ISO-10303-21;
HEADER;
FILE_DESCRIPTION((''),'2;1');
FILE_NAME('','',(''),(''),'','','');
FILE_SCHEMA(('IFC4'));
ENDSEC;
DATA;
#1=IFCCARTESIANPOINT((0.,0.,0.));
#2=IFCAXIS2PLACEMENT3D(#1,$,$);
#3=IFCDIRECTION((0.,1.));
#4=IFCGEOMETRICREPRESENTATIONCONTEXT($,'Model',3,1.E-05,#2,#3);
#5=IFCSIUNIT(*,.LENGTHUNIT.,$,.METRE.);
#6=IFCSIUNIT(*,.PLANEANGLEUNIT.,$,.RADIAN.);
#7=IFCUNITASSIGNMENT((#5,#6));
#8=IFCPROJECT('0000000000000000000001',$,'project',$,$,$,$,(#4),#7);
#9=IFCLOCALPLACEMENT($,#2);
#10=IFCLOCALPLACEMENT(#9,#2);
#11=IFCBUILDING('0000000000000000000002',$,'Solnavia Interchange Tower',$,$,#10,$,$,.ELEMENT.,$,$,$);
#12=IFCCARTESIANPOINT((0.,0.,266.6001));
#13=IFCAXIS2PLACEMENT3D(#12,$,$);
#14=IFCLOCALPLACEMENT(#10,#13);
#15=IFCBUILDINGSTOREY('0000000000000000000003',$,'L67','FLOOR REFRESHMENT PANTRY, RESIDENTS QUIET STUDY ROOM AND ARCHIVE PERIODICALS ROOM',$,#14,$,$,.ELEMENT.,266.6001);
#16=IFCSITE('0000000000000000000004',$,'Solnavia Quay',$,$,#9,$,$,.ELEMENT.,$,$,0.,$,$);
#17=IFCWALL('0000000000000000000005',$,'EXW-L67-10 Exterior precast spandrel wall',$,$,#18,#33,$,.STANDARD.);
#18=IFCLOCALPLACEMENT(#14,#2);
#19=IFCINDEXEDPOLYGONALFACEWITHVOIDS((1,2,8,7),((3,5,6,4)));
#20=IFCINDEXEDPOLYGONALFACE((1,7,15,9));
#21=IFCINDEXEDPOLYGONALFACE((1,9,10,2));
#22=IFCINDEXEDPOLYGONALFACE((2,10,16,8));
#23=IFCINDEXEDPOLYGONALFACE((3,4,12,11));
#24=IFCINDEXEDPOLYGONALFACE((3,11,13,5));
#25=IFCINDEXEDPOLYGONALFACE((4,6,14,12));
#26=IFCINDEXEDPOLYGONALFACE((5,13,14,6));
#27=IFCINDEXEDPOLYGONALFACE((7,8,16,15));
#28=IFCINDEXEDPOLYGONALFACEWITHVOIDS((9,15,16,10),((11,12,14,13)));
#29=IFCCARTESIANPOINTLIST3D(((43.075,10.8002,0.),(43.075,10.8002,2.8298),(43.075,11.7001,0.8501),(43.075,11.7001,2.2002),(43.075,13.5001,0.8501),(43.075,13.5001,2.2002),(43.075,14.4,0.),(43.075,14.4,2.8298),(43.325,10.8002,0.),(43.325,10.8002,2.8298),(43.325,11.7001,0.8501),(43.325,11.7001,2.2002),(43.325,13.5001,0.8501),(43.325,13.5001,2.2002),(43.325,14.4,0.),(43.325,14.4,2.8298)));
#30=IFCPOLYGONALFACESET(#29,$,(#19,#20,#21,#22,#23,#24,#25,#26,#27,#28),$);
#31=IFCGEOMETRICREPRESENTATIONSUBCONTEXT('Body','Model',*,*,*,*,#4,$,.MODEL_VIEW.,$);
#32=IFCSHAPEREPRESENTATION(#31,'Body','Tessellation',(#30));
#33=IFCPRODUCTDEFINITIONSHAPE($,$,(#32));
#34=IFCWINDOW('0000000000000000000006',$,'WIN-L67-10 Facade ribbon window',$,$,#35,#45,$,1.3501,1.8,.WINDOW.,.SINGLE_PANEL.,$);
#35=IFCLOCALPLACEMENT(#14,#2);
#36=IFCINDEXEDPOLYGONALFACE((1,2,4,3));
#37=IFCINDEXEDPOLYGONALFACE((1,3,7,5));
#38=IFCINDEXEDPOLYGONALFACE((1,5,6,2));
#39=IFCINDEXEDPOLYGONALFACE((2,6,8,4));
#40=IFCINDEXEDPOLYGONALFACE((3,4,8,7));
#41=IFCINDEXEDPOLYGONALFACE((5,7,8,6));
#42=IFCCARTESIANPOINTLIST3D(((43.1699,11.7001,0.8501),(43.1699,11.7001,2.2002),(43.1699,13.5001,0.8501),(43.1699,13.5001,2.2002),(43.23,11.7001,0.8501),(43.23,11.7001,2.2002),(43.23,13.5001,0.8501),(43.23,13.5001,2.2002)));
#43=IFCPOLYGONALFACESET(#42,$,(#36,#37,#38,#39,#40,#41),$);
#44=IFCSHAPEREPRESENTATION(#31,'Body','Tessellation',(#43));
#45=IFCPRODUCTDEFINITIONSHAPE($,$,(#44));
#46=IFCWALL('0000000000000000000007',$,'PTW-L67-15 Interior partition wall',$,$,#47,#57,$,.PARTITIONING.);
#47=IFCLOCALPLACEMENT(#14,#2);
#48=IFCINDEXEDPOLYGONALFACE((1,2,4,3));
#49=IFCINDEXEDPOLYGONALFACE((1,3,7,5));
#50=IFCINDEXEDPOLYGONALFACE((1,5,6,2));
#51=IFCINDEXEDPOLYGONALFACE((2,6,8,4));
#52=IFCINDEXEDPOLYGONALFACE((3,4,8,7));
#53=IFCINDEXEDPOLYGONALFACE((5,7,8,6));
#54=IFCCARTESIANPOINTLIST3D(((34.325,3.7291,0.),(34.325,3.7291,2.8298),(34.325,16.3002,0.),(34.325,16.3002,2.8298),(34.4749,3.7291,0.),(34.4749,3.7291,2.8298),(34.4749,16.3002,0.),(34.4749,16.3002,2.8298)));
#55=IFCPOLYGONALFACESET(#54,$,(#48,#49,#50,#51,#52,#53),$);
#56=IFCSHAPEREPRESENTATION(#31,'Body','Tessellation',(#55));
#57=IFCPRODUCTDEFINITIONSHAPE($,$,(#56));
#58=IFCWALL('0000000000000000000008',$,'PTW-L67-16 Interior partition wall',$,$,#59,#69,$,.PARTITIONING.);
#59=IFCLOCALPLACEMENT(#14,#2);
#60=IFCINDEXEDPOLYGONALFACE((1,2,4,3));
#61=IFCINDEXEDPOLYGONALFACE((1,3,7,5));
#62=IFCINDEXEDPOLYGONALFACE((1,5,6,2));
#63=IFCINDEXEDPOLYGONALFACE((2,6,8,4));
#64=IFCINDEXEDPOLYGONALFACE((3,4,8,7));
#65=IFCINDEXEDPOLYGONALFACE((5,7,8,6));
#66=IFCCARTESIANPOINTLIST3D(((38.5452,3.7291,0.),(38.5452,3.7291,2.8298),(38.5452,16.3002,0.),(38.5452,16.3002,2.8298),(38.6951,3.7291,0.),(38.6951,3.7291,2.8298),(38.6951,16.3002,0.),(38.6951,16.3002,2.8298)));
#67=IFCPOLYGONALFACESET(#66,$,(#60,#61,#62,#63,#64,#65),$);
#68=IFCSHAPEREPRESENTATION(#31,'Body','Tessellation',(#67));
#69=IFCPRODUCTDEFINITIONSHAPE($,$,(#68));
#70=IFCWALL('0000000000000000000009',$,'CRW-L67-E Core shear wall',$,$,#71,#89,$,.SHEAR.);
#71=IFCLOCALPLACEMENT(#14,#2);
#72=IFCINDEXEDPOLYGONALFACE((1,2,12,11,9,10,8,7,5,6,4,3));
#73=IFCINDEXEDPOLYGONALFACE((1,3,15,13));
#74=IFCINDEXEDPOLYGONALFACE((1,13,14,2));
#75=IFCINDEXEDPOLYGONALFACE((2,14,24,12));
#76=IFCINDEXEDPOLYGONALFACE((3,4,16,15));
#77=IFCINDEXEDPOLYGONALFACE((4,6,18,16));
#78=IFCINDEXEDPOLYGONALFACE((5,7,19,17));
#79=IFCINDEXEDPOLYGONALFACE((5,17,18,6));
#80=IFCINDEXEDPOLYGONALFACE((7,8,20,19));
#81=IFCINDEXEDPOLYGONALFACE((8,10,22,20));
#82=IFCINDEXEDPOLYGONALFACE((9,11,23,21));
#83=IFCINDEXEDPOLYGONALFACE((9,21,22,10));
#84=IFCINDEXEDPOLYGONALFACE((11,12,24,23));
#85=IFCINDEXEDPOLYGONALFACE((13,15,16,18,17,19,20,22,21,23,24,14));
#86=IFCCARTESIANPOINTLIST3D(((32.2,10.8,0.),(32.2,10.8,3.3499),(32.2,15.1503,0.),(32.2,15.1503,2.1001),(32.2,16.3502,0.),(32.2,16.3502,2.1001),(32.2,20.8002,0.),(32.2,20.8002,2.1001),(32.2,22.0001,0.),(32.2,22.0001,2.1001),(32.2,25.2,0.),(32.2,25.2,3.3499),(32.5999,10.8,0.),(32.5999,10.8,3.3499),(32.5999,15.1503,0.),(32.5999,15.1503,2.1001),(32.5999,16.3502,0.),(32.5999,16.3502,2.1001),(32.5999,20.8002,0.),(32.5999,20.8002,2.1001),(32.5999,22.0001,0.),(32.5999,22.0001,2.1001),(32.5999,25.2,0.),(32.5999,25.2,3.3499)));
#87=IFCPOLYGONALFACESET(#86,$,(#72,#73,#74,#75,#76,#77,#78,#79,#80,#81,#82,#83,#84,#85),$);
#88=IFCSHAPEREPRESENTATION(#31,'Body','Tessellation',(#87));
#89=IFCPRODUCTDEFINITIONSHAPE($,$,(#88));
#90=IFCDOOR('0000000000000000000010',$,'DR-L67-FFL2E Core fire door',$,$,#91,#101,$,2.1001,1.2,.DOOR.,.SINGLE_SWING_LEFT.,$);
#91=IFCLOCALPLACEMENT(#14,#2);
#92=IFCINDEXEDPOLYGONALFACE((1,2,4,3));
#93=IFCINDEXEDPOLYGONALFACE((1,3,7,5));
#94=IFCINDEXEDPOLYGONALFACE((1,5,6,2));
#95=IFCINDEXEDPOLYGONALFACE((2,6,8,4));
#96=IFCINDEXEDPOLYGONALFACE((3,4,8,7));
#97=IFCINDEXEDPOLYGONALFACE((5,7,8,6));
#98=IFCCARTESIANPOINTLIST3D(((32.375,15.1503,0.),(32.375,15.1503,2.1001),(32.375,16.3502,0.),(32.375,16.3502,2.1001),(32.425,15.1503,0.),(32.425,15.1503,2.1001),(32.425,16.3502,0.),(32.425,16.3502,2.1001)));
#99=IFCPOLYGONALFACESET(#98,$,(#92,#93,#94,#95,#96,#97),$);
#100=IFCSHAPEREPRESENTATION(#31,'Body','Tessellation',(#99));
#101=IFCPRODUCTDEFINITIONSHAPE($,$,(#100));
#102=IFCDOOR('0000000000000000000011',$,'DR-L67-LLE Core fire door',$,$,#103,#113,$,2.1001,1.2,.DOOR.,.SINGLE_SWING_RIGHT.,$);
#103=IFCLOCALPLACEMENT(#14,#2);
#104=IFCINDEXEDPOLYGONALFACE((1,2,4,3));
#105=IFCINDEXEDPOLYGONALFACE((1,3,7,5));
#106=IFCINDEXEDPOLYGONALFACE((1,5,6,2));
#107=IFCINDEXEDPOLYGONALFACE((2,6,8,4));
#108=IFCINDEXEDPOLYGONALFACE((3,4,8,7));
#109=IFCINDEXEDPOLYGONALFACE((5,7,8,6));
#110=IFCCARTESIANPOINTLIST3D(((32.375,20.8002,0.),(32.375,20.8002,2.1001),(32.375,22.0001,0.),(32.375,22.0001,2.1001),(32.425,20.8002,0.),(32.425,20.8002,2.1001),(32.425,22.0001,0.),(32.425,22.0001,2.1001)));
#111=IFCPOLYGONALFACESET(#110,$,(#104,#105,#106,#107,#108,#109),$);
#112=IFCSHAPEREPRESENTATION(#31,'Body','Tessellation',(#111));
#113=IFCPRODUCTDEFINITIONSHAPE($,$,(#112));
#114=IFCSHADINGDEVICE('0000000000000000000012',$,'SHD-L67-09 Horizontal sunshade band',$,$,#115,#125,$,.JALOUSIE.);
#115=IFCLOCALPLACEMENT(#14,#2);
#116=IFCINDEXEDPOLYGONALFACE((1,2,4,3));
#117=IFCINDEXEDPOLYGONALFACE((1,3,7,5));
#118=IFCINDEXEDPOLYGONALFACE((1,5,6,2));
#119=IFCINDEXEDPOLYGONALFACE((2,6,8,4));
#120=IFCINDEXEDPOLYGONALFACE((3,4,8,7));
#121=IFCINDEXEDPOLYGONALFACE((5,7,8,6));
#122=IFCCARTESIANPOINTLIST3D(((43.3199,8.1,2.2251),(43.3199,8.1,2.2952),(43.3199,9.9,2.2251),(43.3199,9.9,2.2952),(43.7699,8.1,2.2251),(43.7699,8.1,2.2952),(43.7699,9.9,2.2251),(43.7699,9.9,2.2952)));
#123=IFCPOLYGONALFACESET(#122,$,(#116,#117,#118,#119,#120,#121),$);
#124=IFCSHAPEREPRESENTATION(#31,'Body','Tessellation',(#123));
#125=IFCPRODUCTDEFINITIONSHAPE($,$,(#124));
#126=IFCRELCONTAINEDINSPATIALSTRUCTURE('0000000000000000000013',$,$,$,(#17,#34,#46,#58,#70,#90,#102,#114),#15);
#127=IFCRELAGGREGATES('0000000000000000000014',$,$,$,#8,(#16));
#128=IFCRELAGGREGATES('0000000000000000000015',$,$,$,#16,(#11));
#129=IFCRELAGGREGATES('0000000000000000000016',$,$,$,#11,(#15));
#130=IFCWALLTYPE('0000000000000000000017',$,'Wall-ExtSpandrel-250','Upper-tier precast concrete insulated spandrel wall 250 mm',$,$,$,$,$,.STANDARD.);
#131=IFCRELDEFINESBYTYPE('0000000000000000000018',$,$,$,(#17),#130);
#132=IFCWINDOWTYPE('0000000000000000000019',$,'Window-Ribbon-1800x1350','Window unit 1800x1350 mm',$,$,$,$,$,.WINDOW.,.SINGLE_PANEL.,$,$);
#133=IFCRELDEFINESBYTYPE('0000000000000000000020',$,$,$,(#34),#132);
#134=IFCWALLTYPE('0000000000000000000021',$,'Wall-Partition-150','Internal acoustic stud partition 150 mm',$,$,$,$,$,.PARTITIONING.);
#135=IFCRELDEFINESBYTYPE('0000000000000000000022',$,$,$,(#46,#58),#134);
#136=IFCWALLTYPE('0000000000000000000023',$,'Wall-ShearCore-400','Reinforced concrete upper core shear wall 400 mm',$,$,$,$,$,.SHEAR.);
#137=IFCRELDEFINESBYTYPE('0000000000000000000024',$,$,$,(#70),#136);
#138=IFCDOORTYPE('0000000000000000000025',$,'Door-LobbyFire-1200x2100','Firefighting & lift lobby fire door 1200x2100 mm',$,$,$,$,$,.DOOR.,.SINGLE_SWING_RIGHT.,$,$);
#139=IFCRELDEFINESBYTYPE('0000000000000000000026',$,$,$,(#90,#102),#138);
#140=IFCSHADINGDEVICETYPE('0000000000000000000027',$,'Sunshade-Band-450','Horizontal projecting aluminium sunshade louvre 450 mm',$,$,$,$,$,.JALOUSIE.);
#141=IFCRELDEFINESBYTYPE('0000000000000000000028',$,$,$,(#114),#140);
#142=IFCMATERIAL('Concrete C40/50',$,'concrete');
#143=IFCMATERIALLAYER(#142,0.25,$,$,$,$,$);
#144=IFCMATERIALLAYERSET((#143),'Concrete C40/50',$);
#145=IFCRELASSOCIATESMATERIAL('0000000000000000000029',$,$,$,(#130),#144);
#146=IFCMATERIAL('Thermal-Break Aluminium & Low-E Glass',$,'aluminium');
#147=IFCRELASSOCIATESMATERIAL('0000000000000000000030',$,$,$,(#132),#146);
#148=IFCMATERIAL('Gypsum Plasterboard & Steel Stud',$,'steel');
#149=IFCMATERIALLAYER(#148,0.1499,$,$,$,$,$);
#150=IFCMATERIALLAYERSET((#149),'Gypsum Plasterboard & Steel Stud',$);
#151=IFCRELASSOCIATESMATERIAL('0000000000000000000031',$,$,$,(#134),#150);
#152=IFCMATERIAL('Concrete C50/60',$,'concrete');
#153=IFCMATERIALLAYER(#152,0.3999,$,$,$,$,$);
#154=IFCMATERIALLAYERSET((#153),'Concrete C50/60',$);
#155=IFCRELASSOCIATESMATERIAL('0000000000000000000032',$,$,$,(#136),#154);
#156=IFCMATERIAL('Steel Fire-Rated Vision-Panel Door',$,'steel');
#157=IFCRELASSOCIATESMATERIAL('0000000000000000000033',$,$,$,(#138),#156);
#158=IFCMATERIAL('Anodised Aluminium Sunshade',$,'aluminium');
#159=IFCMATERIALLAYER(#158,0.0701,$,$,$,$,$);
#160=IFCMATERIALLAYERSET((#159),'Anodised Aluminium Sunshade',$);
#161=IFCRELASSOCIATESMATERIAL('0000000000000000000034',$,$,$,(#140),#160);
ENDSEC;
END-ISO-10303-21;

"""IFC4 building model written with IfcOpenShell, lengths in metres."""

from ifc_helpers import new_model, si_unit, direction, frame, frame_2d, origin, origin_2d, place, context, subcontext, project, spatial, rectangle, extrude, material, layer, layer_set, type_object, element, fill, save


model = new_model("IFC4")

# Units and contexts
model_context = context("Model", 3, precision=1e-05, world=origin(), true_north=direction((0.0, 1.0)))
body_context = subcontext(model_context, "Body", "Model", "MODEL_VIEW")
ifc_project = project(units=[si_unit("LENGTHUNIT", "METRE"), si_unit("PLANEANGLEUNIT", "RADIAN")], contexts=[model_context])

# Site, building, storey
site_placement = place(None, origin())
site = spatial("IfcSite", under=ifc_project, at=site_placement, Name="Solnavia Quay", CompositionType="ELEMENT", RefElevation=0.0)
building_placement = place(site_placement, origin())
building = spatial("IfcBuilding", under=site, at=building_placement, Name="Solnavia Interchange Tower", CompositionType="ELEMENT")
storey_placement = place(building_placement, frame((0.0, 0.0, 266.6001)))
storey = spatial("IfcBuildingStorey", under=building, at=storey_placement, Name="L67", Description="FLOOR REFRESHMENT PANTRY, RESIDENTS QUIET STUDY ROOM AND ARCHIVE PERIODICALS ROOM", CompositionType="ELEMENT", Elevation=266.6001)

# Shared definitions
ifc_material_1 = material(Name="Concrete C50/60", Category="concrete")

# Shared definitions
ifc_material_2 = material(Name="Concrete C40/50", Category="concrete")
ifc_layer_1 = layer(ifc_material_2, 0.25)
ifc_layer_set_1 = layer_set([ifc_layer_1], Name="Concrete C40/50")
wall_type_1 = type_object("IfcWallType", Name="Wall-ExtSpandrel-250", Description="Upper-tier precast concrete insulated spandrel wall 250 mm", PredefinedType="STANDARD", material=ifc_layer_set_1)

# Wall, opening, window
ifc_material_3 = material(Name="Thermal-Break Aluminium & Low-E Glass", Category="aluminium")
window_type = type_object("IfcWindowType", Name="Window-Ribbon-1800x1350", Description="Window unit 1800x1350 mm", PartitioningType="SINGLE_PANEL", PredefinedType="WINDOW", material=ifc_material_3)
wall_1_placement = place(storey_placement, frame((43.2, 14.3999, 0.0), z_axis=(0.0, 0.0, 1.0), x_axis=(0.0, -1.0, 0.0)))
wall_1 = element("IfcWall", 1, at=wall_1_placement, inside=storey, type_object=wall_type_1, Name="EXW-L67-10 Exterior precast spandrel wall", PredefinedType="STANDARD", context=body_context, shape_type="SweptSolid", body=[
    extrude(rectangle(XDim=3.5999, YDim=0.25, at=frame_2d((1.7998, 0.0))), origin(), (0.0, 0.0, 1.0), 2.8298),
])
opening_1_placement = place(wall_1_placement, frame((0.8999, 0.0, 0.8501)))
opening_1 = element("IfcOpeningElement", 2, at=opening_1_placement, cuts=wall_1, PredefinedType="OPENING", context=body_context, shape_type="SweptSolid", body=[
    extrude(rectangle(XDim=1.8, YDim=1.3501, at=frame_2d((0.8999, 0.675))), frame((0.0, 0.135, 0.0), z_axis=(0.0, -1.0, 0.0), x_axis=(1.0, 0.0, 0.0)), (0.0, 0.0, 1.0), 0.27),
])
window_1_placement = place(opening_1_placement, origin())
window_1 = element("IfcWindow", 3, at=window_1_placement, inside=storey, type_object=window_type, Name="WIN-L67-10 Facade ribbon window", OverallHeight=1.3501, OverallWidth=1.8, PartitioningType="SINGLE_PANEL", PredefinedType="WINDOW", context=body_context, shape_type="SweptSolid", body=[
    extrude(rectangle(XDim=1.8, YDim=1.3501, at=frame_2d((0.8999, 0.675))), frame((0.0, 0.03, 0.0), z_axis=(0.0, -1.0, 0.0), x_axis=(1.0, 0.0, 0.0)), (0.0, 0.0, 1.0), 0.0601),
])
fill(opening_1, window_1)

# Walls
ifc_material_4 = material(Name="Gypsum Plasterboard & Steel Stud", Category="steel")
ifc_layer_2 = layer(ifc_material_4, 0.1499)
ifc_layer_set_2 = layer_set([ifc_layer_2], Name="Gypsum Plasterboard & Steel Stud")
wall_type_2 = type_object("IfcWallType", Name="Wall-Partition-150", Description="Internal acoustic stud partition 150 mm", PredefinedType="PARTITIONING", material=ifc_layer_set_2)
for number, where, z_axis, x_axis, name in (
    (4, (34.3999, 3.729, 0.0), (0.0, 0.0, 1.0), (0.0, 1.0, 0.0), "PTW-L67-15 Interior partition wall"),
    (5, (38.6201, 3.729, 0.0), (0.0, 0.0, 1.0), (0.0, 1.0, 0.0), "PTW-L67-16 Interior partition wall"),
):
    element("IfcWall", number, at=place(storey_placement, frame(where, z_axis=z_axis, x_axis=x_axis)), inside=storey, type_object=wall_type_2, Name=name, PredefinedType="PARTITIONING", context=body_context, shape_type="SweptSolid", body=[
        extrude(rectangle(XDim=12.571, YDim=0.1499, at=frame_2d((6.2856, 0.0))), origin(), (0.0, 0.0, 1.0), 2.8298),
    ])

# Wall, openings, doors
ifc_layer_3 = layer(ifc_material_1, 0.3999)
ifc_layer_set_3 = layer_set([ifc_layer_3], Name="Concrete C50/60")
wall_type_3 = type_object("IfcWallType", Name="Wall-ShearCore-400", Description="Reinforced concrete upper core shear wall 400 mm", PredefinedType="SHEAR", material=ifc_layer_set_3)
wall_2_placement = place(storey_placement, frame((32.3999, 10.8, 0.0), z_axis=(0.0, 0.0, 1.0), x_axis=(0.0, 1.0, 0.0)))
wall_2 = element("IfcWall", 6, at=wall_2_placement, inside=storey, type_object=wall_type_3, Name="CRW-L67-E Core shear wall", PredefinedType="SHEAR", context=body_context, shape_type="SweptSolid", body=[
    extrude(rectangle(XDim=14.3999, YDim=0.3999, at=frame_2d((7.2, 0.0))), origin(), (0.0, 0.0, 1.0), 3.3499),
])
opening_2_placement = place(wall_2_placement, frame((4.3501, 0.0, 0.0)))
opening_2 = element("IfcOpeningElement", 7, at=opening_2_placement, cuts=wall_2, PredefinedType="OPENING", context=body_context, shape_type="SweptSolid", body=[
    extrude(rectangle(XDim=1.2, YDim=2.1001, at=frame_2d((0.6001, 1.05))), frame((0.0, 0.21, 0.0), z_axis=(0.0, -1.0, 0.0), x_axis=(1.0, 0.0, 0.0)), (0.0, 0.0, 1.0), 0.4199),
])
opening_3_placement = place(wall_2_placement, frame((10.0, 0.0, 0.0)))
opening_3 = element("IfcOpeningElement", 8, at=opening_3_placement, cuts=wall_2, PredefinedType="OPENING", context=body_context, shape_type="SweptSolid", body=[
    extrude(rectangle(XDim=1.2, YDim=2.1001, at=frame_2d((0.6001, 1.05))), frame((0.0, 0.21, 0.0), z_axis=(0.0, -1.0, 0.0), x_axis=(1.0, 0.0, 0.0)), (0.0, 0.0, 1.0), 0.4199),
])
ifc_material_5 = material(Name="Steel Fire-Rated Vision-Panel Door", Category="steel")
door_type = type_object("IfcDoorType", Name="Door-LobbyFire-1200x2100", Description="Firefighting & lift lobby fire door 1200x2100 mm", OperationType="SINGLE_SWING_RIGHT", PredefinedType="DOOR", material=ifc_material_5)
door_1_placement = place(opening_2_placement, origin())
door_1 = element("IfcDoor", 9, at=door_1_placement, inside=storey, type_object=door_type, Name="DR-L67-FFL2E Core fire door", OperationType="SINGLE_SWING_LEFT", OverallHeight=2.1001, OverallWidth=1.2, PredefinedType="DOOR", context=body_context, shape_type="SweptSolid", body=[
    extrude(rectangle(XDim=1.2, YDim=2.1001, at=frame_2d((0.6001, 1.05))), frame((0.0, 0.0249, 0.0), z_axis=(0.0, -1.0, 0.0), x_axis=(1.0, 0.0, 0.0)), (0.0, 0.0, 1.0), 0.05),
])
fill(opening_2, door_1)
door_2_placement = place(opening_3_placement, origin())
door_2 = element("IfcDoor", 10, at=door_2_placement, inside=storey, type_object=door_type, Name="DR-L67-LLE Core fire door", OperationType="SINGLE_SWING_RIGHT", OverallHeight=2.1001, OverallWidth=1.2, PredefinedType="DOOR", context=body_context, shape_type="SweptSolid", body=[
    extrude(rectangle(XDim=1.2, YDim=2.1001, at=frame_2d((0.6001, 1.05))), frame((0.0, 0.0249, 0.0), z_axis=(0.0, -1.0, 0.0), x_axis=(1.0, 0.0, 0.0)), (0.0, 0.0, 1.0), 0.05),
])
fill(opening_3, door_2)

# Shading device
ifc_material_6 = material(Name="Anodised Aluminium Sunshade", Category="aluminium")
ifc_layer_4 = layer(ifc_material_6, 0.0701)
ifc_layer_set_4 = layer_set([ifc_layer_4], Name="Anodised Aluminium Sunshade")
shading_device_type = type_object("IfcShadingDeviceType", Name="Sunshade-Band-450", Description="Horizontal projecting aluminium sunshade louvre 450 mm", PredefinedType="JALOUSIE", material=ifc_layer_set_4)
shading_device_placement = place(storey_placement, frame((43.5449, 9.0, 2.2251), z_axis=(0.0, 0.0, 1.0), x_axis=(0.0, -1.0, 0.0)))
element("IfcShadingDevice", 11, at=shading_device_placement, inside=storey, type_object=shading_device_type, Name="SHD-L67-09 Horizontal sunshade band", PredefinedType="JALOUSIE", context=body_context, shape_type="SweptSolid", body=[
    extrude(rectangle(XDim=1.8, YDim=0.45, at=origin_2d()), origin(), (0.0, 0.0, 1.0), 0.0701),
])

save(model, "model.ifc")
